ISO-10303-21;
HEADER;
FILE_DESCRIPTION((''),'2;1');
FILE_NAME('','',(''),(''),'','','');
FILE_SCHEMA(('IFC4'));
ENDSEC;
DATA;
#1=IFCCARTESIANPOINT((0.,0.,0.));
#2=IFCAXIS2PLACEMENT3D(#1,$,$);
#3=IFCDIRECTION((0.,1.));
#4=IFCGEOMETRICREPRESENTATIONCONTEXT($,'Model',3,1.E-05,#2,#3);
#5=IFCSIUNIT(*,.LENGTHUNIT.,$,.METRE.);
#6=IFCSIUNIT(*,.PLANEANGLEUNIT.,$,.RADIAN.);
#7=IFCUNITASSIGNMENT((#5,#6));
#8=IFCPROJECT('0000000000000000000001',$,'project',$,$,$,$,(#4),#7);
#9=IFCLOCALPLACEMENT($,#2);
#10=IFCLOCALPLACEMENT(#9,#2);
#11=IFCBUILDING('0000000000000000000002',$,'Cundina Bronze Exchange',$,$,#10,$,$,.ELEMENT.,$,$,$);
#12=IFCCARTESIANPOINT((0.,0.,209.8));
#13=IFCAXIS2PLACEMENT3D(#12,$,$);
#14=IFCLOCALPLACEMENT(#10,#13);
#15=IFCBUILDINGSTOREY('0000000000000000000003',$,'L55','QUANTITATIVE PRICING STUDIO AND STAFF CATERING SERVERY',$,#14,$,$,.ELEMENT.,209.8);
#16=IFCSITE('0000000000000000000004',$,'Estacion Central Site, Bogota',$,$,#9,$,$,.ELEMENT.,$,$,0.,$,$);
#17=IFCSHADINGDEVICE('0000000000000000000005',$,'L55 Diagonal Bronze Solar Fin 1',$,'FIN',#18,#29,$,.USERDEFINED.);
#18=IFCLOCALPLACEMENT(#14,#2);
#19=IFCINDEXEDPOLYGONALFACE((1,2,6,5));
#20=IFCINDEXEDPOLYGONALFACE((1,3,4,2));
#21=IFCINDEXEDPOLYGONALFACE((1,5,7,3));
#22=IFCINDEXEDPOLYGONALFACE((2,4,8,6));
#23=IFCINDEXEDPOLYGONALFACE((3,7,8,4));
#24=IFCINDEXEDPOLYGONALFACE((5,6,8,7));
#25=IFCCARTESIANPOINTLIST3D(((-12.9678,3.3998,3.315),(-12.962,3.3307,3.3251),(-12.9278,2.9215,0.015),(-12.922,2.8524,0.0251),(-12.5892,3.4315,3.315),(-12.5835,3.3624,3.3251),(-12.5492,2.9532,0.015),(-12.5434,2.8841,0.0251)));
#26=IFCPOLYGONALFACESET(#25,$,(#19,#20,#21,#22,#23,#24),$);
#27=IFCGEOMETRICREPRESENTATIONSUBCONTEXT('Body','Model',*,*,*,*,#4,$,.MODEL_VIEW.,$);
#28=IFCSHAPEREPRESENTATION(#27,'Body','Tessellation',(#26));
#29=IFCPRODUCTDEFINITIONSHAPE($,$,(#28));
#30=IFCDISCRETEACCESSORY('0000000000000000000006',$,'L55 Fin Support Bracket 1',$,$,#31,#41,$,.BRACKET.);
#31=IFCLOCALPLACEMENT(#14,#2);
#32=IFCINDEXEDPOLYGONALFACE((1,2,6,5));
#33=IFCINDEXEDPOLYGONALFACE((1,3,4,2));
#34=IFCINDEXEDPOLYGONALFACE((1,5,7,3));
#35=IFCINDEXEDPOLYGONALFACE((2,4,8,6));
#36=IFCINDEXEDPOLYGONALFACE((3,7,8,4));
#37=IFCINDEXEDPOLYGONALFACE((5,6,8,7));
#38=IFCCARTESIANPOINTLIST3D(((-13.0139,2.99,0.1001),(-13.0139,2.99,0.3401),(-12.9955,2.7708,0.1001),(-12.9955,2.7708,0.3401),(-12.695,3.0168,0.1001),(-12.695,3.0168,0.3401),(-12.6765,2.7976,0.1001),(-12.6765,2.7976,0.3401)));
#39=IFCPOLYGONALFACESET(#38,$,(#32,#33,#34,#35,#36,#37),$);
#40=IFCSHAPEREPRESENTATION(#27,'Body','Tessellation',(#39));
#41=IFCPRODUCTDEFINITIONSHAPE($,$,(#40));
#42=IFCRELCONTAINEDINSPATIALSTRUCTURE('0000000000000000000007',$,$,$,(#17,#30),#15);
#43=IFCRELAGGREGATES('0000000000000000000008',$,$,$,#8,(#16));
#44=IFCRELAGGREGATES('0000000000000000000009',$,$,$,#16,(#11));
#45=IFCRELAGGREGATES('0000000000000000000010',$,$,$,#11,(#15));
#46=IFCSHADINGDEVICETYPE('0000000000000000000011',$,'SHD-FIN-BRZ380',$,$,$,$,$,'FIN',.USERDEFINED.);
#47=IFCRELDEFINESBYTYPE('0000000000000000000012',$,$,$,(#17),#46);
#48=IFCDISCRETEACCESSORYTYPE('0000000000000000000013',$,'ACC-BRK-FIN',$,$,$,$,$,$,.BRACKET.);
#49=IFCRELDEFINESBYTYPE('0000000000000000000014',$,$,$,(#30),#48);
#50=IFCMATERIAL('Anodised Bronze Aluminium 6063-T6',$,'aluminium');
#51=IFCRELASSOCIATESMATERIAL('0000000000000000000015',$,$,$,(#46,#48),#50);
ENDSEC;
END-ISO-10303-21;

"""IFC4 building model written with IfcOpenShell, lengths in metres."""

from ifc_helpers import new_model, si_unit, direction, frame, origin, origin_2d, place, context, subcontext, project, spatial, rectangle, extrude, material, material_profile, profile_set, type_object, element, save


model = new_model("IFC4")

# Units and contexts
model_context = context("Model", 3, precision=1e-05, world=origin(), true_north=direction((0.0, 1.0)))
body_context = subcontext(model_context, "Body", "Model", "MODEL_VIEW")
ifc_project = project(units=[si_unit("LENGTHUNIT", "METRE"), si_unit("PLANEANGLEUNIT", "RADIAN")], contexts=[model_context])

# Site, building, storey
site_placement = place(None, origin())
site = spatial("IfcSite", under=ifc_project, at=site_placement, Name="Estacion Central Site, Bogota", CompositionType="ELEMENT", RefElevation=0.0)
building_placement = place(site_placement, origin())
building = spatial("IfcBuilding", under=site, at=building_placement, Name="Cundina Bronze Exchange", CompositionType="ELEMENT")
storey_placement = place(building_placement, frame((0.0, 0.0, 209.8)))
storey = spatial("IfcBuildingStorey", under=building, at=storey_placement, Name="L55", Description="QUANTITATIVE PRICING STUDIO AND STAFF CATERING SERVERY", CompositionType="ELEMENT", Elevation=209.8)

# Shared definitions
ifc_material_1 = material(Name="Anodised Bronze Aluminium 6063-T6", Category="aluminium")

# Shading device
ifc_material_profile_1 = material_profile(ifc_material_1, rectangle(XDim=0.0701, YDim=0.3799, at=origin_2d()), Name="FIN70X380", Category="aluminium")
ifc_profile_set_1 = profile_set([ifc_material_profile_1], Name="Anodised Bronze Aluminium 6063-T6")
shading_device_type = type_object("IfcShadingDeviceType", Name="SHD-FIN-BRZ380", ElementType="FIN", PredefinedType="USERDEFINED", material=ifc_profile_set_1)
shading_device_placement = place(storey_placement, frame((-12.7356, 2.9028, 0.02), z_axis=(-0.012007, 0.14342, 0.989589), x_axis=(0.082556, -0.98614, 0.143921)))
element("IfcShadingDevice", 1, at=shading_device_placement, inside=storey, type_object=shading_device_type, Name="L55 Diagonal Bronze Solar Fin 1", ObjectType="FIN", PredefinedType="USERDEFINED", context=body_context, shape_type="SweptSolid", body=[
    extrude(rectangle(XDim=0.0701, YDim=0.3799, at=origin_2d()), origin(), (0.0, 0.0, 1.0), 3.3347),
])

# Discrete accessory
discrete_accessory_type = type_object("IfcDiscreteAccessoryType", Name="ACC-BRK-FIN", PredefinedType="BRACKET", material=ifc_material_1)
discrete_accessory_placement = place(storey_placement, frame((-12.8452, 2.8938, 0.1001), z_axis=(0.0, 0.0, 1.0), x_axis=(-0.083747, 0.996487, 0.0)))
element("IfcDiscreteAccessory", 2, at=discrete_accessory_placement, inside=storey, type_object=discrete_accessory_type, Name="L55 Fin Support Bracket 1", PredefinedType="BRACKET", context=body_context, shape_type="SweptSolid", body=[
    extrude(rectangle(XDim=0.22, YDim=0.3201, at=origin_2d()), origin(), (0.0, 0.0, 1.0), 0.24),
])

save(model, "model.ifc")
